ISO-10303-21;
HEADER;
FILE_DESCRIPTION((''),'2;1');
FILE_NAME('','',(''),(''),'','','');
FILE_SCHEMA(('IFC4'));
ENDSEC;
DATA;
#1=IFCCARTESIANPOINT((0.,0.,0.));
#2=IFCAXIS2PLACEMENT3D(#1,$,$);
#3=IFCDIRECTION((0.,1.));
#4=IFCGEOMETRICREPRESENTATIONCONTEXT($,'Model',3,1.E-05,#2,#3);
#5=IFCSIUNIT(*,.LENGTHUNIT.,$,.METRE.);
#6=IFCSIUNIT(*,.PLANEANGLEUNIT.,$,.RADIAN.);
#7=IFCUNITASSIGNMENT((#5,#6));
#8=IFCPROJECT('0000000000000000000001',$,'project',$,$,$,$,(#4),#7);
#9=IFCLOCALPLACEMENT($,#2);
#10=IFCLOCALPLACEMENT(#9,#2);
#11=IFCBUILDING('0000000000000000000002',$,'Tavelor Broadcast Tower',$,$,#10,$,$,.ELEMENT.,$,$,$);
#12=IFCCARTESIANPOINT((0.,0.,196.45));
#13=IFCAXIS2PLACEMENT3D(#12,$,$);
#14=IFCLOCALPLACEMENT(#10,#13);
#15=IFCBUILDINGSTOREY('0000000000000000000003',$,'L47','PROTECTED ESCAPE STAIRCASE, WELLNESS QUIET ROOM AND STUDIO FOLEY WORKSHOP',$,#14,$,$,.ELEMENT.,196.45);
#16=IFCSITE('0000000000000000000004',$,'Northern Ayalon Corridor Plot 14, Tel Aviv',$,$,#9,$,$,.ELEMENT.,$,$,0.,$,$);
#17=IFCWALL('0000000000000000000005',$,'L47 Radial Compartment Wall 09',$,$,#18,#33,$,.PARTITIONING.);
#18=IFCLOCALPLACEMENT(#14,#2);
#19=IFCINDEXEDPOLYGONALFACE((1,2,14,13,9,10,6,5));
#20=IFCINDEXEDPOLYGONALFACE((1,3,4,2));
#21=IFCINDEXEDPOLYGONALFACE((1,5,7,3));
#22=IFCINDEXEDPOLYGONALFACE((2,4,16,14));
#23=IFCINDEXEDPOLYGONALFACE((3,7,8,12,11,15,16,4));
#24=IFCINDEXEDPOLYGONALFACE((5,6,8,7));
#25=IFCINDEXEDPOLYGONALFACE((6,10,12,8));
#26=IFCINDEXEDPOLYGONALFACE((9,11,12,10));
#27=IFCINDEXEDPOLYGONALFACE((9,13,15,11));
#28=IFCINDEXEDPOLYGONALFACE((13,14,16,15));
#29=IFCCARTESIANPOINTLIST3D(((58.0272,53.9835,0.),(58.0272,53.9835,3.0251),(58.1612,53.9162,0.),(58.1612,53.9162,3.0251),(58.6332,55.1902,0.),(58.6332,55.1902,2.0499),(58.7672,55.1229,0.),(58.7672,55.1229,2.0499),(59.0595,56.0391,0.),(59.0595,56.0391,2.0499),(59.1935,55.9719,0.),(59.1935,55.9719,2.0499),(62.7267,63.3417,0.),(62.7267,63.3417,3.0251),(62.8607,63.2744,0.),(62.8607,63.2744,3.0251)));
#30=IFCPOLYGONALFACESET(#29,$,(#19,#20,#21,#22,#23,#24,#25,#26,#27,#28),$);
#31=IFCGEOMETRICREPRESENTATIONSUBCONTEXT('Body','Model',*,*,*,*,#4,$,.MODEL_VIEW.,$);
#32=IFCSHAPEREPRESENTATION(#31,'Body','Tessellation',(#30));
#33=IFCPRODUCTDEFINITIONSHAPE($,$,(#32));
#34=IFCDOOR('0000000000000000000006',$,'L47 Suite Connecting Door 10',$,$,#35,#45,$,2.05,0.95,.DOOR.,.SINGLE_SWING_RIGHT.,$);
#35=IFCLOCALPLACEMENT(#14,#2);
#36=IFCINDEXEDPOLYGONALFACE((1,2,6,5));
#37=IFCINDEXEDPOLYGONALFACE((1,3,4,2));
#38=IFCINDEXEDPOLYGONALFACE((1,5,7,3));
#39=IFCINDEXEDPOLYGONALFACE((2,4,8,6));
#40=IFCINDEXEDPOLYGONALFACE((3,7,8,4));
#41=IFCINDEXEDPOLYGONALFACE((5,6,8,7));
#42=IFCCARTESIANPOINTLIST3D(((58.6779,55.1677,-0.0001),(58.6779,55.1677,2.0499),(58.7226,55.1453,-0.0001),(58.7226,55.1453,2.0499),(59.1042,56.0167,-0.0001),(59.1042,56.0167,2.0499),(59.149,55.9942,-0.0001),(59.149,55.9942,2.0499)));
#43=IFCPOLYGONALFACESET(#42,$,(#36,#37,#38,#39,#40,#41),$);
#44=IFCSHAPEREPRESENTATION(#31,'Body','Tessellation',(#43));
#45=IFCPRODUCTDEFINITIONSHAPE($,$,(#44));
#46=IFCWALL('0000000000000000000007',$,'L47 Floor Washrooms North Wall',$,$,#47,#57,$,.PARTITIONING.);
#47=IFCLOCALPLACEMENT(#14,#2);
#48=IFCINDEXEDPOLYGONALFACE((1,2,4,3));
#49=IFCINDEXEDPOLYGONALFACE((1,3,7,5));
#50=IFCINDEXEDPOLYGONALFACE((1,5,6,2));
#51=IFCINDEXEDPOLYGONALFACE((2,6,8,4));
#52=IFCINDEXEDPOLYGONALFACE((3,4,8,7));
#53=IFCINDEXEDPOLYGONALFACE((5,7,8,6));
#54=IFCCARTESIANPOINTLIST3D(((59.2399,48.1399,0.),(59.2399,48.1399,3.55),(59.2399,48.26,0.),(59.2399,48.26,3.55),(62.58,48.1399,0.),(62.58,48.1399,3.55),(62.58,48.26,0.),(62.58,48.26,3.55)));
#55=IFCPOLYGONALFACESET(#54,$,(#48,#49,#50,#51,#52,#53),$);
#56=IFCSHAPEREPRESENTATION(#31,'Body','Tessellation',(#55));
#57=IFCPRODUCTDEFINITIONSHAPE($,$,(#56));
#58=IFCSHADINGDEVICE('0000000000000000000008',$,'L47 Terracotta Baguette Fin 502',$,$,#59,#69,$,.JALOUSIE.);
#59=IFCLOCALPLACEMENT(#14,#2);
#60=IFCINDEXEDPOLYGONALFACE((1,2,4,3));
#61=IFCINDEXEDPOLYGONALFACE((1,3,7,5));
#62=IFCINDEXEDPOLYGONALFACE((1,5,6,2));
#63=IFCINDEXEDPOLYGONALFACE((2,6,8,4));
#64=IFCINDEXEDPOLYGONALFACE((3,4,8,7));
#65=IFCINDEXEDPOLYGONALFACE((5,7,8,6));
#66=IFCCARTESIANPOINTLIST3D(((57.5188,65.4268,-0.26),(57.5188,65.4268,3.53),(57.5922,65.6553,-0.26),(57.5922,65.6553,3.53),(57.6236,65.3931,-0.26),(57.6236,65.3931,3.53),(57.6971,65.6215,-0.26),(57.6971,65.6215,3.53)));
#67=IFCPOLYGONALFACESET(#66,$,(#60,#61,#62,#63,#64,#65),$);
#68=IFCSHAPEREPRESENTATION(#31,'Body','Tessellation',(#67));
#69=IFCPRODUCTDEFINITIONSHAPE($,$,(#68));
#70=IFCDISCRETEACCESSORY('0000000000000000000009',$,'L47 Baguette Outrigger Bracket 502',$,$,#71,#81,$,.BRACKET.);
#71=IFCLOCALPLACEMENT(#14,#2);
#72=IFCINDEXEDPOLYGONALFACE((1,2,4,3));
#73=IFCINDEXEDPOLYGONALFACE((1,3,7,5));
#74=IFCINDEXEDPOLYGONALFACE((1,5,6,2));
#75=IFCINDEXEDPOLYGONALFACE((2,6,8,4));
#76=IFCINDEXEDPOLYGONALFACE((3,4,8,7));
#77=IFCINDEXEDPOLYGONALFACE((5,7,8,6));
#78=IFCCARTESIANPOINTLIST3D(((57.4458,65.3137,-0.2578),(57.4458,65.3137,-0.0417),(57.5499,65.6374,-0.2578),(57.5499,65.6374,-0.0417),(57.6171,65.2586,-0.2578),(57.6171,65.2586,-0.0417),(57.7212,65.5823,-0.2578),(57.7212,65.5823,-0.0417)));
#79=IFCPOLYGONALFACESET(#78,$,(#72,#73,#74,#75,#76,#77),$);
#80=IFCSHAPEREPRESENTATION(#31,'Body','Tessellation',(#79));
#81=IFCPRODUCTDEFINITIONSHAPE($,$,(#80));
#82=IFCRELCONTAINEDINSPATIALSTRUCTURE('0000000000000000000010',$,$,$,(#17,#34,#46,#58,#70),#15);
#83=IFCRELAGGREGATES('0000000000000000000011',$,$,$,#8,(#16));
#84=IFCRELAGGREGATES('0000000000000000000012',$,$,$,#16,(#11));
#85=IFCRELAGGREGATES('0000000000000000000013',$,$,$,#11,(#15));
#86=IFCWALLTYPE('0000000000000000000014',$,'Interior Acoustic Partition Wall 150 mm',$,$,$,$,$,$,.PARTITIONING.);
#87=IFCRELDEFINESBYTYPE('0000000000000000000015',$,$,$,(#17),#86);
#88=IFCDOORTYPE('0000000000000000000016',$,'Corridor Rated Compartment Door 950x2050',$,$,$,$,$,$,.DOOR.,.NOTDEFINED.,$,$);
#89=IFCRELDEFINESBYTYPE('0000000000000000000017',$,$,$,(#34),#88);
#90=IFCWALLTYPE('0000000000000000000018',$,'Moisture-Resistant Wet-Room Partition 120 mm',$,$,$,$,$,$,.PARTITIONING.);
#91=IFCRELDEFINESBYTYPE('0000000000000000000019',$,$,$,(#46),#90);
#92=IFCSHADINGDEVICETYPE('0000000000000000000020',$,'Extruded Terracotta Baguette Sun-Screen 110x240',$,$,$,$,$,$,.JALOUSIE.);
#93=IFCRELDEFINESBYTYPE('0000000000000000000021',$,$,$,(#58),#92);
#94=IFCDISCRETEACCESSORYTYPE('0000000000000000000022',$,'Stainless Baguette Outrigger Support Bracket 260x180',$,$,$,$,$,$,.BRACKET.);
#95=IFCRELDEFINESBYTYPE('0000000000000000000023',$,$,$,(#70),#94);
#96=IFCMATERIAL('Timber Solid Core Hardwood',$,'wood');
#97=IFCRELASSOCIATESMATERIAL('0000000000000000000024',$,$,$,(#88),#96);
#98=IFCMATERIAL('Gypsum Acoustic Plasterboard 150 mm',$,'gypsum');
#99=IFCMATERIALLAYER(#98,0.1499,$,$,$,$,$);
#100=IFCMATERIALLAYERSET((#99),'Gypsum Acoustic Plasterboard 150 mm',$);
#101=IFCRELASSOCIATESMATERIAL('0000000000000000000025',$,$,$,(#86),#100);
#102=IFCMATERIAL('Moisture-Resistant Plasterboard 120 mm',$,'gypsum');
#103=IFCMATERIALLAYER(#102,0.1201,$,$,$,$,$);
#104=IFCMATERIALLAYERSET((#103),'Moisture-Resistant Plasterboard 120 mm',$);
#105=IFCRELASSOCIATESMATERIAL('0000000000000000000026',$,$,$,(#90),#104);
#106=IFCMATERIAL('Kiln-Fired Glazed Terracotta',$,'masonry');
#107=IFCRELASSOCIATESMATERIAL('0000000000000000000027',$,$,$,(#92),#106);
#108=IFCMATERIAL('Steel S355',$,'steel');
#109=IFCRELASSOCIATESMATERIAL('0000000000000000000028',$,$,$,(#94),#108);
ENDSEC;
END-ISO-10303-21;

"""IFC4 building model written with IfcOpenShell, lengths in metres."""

from ifc_helpers import new_model, si_unit, direction, frame, frame_2d, origin, origin_2d, place, context, subcontext, project, spatial, rectangle, extrude, source, transform, mapped, material, layer, layer_set, type_object, type_shapes, element, fill, save


model = new_model("IFC4")

# Units and contexts
model_context = context("Model", 3, precision=1e-05, world=origin(), true_north=direction((0.0, 1.0)))
body_context = subcontext(model_context, "Body", "Model", "MODEL_VIEW")
ifc_project = project(units=[si_unit("LENGTHUNIT", "METRE"), si_unit("PLANEANGLEUNIT", "RADIAN")], contexts=[model_context])

# Site, building, storey
site_placement = place(None, origin())
site = spatial("IfcSite", under=ifc_project, at=site_placement, Name="Northern Ayalon Corridor Plot 14, Tel Aviv", CompositionType="ELEMENT", RefElevation=0.0)
building_placement = place(site_placement, origin())
building = spatial("IfcBuilding", under=site, at=building_placement, Name="Tavelor Broadcast Tower", CompositionType="ELEMENT")
storey_placement = place(building_placement, frame((0.0, 0.0, 196.45)))
storey = spatial("IfcBuildingStorey", under=building, at=storey_placement, Name="L47", Description="PROTECTED ESCAPE STAIRCASE, WELLNESS QUIET ROOM AND STUDIO FOLEY WORKSHOP", CompositionType="ELEMENT", Elevation=196.45)

# Shared definitions
ifc_material_1 = material(Name="Steel S355", Category="steel")

# Shared definitions
ifc_material_2 = material(Name="Timber Solid Core Hardwood", Category="wood")
door_type = type_object("IfcDoorType", Name="Corridor Rated Compartment Door 950x2050", OperationType="NOTDEFINED", PredefinedType="DOOR", material=ifc_material_2)

# Shared definitions
ifc_material_3 = material(Name="Gypsum Acoustic Plasterboard 150 mm", Category="gypsum")
ifc_layer_1 = layer(ifc_material_3, 0.1499)
ifc_layer_set_1 = layer_set([ifc_layer_1], Name="Gypsum Acoustic Plasterboard 150 mm")
wall_type_1 = type_object("IfcWallType", Name="Interior Acoustic Partition Wall 150 mm", PredefinedType="PARTITIONING", material=ifc_layer_set_1)

# Wall, opening, door
wall_1_placement = place(storey_placement, frame((58.0942, 53.95, 0.0), z_axis=(0.0, 0.0, 1.0), x_axis=(0.44877, 0.893647, 0.0)))
wall_1 = element("IfcWall", 1, at=wall_1_placement, inside=storey, type_object=wall_type_1, Name="L47 Radial Compartment Wall 09", PredefinedType="PARTITIONING", context=body_context, shape_type="SweptSolid", body=[
    extrude(rectangle(XDim=10.4719, YDim=0.1499, at=frame_2d((5.2358, 0.0))), origin(), (0.0, 0.0, 1.0), 3.0251),
])
opening_1_placement = place(wall_1_placement, frame((1.3501, 0.0, 0.0)))
opening_1 = element("IfcOpeningElement", 2, at=opening_1_placement, cuts=wall_1, PredefinedType="OPENING", context=body_context, shape_type="SweptSolid", body=[
    extrude(rectangle(XDim=0.95, YDim=2.05, at=frame_2d((0.4751, 1.0249))), frame((0.0, 0.085, 0.0), z_axis=(0.0, -1.0, 0.0), x_axis=(1.0, 0.0, 0.0)), (0.0, 0.0, 1.0), 0.1699),
])
door_1_placement = place(opening_1_placement, origin())
door_1 = element("IfcDoor", 3, at=door_1_placement, inside=storey, type_object=door_type, Name="L47 Suite Connecting Door 10", OperationType="SINGLE_SWING_RIGHT", OverallHeight=2.05, OverallWidth=0.95, PredefinedType="DOOR", context=body_context, shape_type="SweptSolid", body=[
    extrude(rectangle(XDim=0.95, YDim=2.05, at=frame_2d((0.4751, 1.0249))), frame((0.0, 0.0249, 0.0), z_axis=(0.0, -1.0, 0.0), x_axis=(1.0, 0.0, 0.0)), (0.0, 0.0, 1.0), 0.05),
])
fill(opening_1, door_1)

# Wall
ifc_material_4 = material(Name="Moisture-Resistant Plasterboard 120 mm", Category="gypsum")
ifc_layer_2 = layer(ifc_material_4, 0.1201)
ifc_layer_set_2 = layer_set([ifc_layer_2], Name="Moisture-Resistant Plasterboard 120 mm")
wall_type_2 = type_object("IfcWallType", Name="Moisture-Resistant Wet-Room Partition 120 mm", PredefinedType="PARTITIONING", material=ifc_layer_set_2)
wall_2_placement = place(storey_placement, frame((59.24, 48.2, 0.0), z_axis=(0.0, 0.0, 1.0), x_axis=(1.0, 0.0, 0.0)))
element("IfcWall", 4, at=wall_2_placement, inside=storey, type_object=wall_type_2, Name="L47 Floor Washrooms North Wall", PredefinedType="PARTITIONING", context=body_context, shape_type="SweptSolid", body=[
    extrude(rectangle(XDim=3.3401, YDim=0.1201, at=frame_2d((1.6699, 0.0))), origin(), (0.0, 0.0, 1.0), 3.55),
])

# Shading device
ifc_material_5 = material(Name="Kiln-Fired Glazed Terracotta", Category="masonry")
shading_device_type = type_object("IfcShadingDeviceType", Name="Extruded Terracotta Baguette Sun-Screen 110x240", PredefinedType="JALOUSIE", material=ifc_material_5)
shared_shape_1 = source(origin(), body_context, "Body", "SweptSolid", [
    extrude(rectangle(XDim=0.1101, YDim=0.24, at=origin_2d()), origin(), (0.0, 0.0, 1.0), 3.79),
])
type_shapes(shading_device_type, [shared_shape_1])
shading_device_placement = place(storey_placement, frame((57.6079, 65.5242, -0.26), z_axis=(0.0, 0.0, 1.0), x_axis=(-0.951969, 0.306194, 0.0)))
element("IfcShadingDevice", 5, at=shading_device_placement, inside=storey, type_object=shading_device_type, Name="L47 Terracotta Baguette Fin 502", PredefinedType="JALOUSIE", context=body_context, shape_type="MappedRepresentation", body=[
    mapped(shared_shape_1, transform((0.0, 0.0, 0.0), scale=1.0)),
])

# Discrete accessory
discrete_accessory_type = type_object("IfcDiscreteAccessoryType", Name="Stainless Baguette Outrigger Support Bracket 260x180", PredefinedType="BRACKET", material=ifc_material_1)
shared_shape_2 = source(origin(), body_context, "Body", "SweptSolid", [
    extrude(rectangle(XDim=0.1799, YDim=0.3401, at=origin_2d()), origin(), (0.0, 0.0, 1.0), 0.2161),
])
type_shapes(discrete_accessory_type, [shared_shape_2])
discrete_accessory_placement = place(storey_placement, frame((57.5835, 65.448, -0.2578), z_axis=(0.0, 0.0, 1.0), x_axis=(-0.951969, 0.306194, 0.0)))
element("IfcDiscreteAccessory", 6, at=discrete_accessory_placement, inside=storey, type_object=discrete_accessory_type, Name="L47 Baguette Outrigger Bracket 502", PredefinedType="BRACKET", context=body_context, shape_type="MappedRepresentation", body=[
    mapped(shared_shape_2, transform((0.0, 0.0, 0.0), scale=1.0)),
])

save(model, "model.ifc")
